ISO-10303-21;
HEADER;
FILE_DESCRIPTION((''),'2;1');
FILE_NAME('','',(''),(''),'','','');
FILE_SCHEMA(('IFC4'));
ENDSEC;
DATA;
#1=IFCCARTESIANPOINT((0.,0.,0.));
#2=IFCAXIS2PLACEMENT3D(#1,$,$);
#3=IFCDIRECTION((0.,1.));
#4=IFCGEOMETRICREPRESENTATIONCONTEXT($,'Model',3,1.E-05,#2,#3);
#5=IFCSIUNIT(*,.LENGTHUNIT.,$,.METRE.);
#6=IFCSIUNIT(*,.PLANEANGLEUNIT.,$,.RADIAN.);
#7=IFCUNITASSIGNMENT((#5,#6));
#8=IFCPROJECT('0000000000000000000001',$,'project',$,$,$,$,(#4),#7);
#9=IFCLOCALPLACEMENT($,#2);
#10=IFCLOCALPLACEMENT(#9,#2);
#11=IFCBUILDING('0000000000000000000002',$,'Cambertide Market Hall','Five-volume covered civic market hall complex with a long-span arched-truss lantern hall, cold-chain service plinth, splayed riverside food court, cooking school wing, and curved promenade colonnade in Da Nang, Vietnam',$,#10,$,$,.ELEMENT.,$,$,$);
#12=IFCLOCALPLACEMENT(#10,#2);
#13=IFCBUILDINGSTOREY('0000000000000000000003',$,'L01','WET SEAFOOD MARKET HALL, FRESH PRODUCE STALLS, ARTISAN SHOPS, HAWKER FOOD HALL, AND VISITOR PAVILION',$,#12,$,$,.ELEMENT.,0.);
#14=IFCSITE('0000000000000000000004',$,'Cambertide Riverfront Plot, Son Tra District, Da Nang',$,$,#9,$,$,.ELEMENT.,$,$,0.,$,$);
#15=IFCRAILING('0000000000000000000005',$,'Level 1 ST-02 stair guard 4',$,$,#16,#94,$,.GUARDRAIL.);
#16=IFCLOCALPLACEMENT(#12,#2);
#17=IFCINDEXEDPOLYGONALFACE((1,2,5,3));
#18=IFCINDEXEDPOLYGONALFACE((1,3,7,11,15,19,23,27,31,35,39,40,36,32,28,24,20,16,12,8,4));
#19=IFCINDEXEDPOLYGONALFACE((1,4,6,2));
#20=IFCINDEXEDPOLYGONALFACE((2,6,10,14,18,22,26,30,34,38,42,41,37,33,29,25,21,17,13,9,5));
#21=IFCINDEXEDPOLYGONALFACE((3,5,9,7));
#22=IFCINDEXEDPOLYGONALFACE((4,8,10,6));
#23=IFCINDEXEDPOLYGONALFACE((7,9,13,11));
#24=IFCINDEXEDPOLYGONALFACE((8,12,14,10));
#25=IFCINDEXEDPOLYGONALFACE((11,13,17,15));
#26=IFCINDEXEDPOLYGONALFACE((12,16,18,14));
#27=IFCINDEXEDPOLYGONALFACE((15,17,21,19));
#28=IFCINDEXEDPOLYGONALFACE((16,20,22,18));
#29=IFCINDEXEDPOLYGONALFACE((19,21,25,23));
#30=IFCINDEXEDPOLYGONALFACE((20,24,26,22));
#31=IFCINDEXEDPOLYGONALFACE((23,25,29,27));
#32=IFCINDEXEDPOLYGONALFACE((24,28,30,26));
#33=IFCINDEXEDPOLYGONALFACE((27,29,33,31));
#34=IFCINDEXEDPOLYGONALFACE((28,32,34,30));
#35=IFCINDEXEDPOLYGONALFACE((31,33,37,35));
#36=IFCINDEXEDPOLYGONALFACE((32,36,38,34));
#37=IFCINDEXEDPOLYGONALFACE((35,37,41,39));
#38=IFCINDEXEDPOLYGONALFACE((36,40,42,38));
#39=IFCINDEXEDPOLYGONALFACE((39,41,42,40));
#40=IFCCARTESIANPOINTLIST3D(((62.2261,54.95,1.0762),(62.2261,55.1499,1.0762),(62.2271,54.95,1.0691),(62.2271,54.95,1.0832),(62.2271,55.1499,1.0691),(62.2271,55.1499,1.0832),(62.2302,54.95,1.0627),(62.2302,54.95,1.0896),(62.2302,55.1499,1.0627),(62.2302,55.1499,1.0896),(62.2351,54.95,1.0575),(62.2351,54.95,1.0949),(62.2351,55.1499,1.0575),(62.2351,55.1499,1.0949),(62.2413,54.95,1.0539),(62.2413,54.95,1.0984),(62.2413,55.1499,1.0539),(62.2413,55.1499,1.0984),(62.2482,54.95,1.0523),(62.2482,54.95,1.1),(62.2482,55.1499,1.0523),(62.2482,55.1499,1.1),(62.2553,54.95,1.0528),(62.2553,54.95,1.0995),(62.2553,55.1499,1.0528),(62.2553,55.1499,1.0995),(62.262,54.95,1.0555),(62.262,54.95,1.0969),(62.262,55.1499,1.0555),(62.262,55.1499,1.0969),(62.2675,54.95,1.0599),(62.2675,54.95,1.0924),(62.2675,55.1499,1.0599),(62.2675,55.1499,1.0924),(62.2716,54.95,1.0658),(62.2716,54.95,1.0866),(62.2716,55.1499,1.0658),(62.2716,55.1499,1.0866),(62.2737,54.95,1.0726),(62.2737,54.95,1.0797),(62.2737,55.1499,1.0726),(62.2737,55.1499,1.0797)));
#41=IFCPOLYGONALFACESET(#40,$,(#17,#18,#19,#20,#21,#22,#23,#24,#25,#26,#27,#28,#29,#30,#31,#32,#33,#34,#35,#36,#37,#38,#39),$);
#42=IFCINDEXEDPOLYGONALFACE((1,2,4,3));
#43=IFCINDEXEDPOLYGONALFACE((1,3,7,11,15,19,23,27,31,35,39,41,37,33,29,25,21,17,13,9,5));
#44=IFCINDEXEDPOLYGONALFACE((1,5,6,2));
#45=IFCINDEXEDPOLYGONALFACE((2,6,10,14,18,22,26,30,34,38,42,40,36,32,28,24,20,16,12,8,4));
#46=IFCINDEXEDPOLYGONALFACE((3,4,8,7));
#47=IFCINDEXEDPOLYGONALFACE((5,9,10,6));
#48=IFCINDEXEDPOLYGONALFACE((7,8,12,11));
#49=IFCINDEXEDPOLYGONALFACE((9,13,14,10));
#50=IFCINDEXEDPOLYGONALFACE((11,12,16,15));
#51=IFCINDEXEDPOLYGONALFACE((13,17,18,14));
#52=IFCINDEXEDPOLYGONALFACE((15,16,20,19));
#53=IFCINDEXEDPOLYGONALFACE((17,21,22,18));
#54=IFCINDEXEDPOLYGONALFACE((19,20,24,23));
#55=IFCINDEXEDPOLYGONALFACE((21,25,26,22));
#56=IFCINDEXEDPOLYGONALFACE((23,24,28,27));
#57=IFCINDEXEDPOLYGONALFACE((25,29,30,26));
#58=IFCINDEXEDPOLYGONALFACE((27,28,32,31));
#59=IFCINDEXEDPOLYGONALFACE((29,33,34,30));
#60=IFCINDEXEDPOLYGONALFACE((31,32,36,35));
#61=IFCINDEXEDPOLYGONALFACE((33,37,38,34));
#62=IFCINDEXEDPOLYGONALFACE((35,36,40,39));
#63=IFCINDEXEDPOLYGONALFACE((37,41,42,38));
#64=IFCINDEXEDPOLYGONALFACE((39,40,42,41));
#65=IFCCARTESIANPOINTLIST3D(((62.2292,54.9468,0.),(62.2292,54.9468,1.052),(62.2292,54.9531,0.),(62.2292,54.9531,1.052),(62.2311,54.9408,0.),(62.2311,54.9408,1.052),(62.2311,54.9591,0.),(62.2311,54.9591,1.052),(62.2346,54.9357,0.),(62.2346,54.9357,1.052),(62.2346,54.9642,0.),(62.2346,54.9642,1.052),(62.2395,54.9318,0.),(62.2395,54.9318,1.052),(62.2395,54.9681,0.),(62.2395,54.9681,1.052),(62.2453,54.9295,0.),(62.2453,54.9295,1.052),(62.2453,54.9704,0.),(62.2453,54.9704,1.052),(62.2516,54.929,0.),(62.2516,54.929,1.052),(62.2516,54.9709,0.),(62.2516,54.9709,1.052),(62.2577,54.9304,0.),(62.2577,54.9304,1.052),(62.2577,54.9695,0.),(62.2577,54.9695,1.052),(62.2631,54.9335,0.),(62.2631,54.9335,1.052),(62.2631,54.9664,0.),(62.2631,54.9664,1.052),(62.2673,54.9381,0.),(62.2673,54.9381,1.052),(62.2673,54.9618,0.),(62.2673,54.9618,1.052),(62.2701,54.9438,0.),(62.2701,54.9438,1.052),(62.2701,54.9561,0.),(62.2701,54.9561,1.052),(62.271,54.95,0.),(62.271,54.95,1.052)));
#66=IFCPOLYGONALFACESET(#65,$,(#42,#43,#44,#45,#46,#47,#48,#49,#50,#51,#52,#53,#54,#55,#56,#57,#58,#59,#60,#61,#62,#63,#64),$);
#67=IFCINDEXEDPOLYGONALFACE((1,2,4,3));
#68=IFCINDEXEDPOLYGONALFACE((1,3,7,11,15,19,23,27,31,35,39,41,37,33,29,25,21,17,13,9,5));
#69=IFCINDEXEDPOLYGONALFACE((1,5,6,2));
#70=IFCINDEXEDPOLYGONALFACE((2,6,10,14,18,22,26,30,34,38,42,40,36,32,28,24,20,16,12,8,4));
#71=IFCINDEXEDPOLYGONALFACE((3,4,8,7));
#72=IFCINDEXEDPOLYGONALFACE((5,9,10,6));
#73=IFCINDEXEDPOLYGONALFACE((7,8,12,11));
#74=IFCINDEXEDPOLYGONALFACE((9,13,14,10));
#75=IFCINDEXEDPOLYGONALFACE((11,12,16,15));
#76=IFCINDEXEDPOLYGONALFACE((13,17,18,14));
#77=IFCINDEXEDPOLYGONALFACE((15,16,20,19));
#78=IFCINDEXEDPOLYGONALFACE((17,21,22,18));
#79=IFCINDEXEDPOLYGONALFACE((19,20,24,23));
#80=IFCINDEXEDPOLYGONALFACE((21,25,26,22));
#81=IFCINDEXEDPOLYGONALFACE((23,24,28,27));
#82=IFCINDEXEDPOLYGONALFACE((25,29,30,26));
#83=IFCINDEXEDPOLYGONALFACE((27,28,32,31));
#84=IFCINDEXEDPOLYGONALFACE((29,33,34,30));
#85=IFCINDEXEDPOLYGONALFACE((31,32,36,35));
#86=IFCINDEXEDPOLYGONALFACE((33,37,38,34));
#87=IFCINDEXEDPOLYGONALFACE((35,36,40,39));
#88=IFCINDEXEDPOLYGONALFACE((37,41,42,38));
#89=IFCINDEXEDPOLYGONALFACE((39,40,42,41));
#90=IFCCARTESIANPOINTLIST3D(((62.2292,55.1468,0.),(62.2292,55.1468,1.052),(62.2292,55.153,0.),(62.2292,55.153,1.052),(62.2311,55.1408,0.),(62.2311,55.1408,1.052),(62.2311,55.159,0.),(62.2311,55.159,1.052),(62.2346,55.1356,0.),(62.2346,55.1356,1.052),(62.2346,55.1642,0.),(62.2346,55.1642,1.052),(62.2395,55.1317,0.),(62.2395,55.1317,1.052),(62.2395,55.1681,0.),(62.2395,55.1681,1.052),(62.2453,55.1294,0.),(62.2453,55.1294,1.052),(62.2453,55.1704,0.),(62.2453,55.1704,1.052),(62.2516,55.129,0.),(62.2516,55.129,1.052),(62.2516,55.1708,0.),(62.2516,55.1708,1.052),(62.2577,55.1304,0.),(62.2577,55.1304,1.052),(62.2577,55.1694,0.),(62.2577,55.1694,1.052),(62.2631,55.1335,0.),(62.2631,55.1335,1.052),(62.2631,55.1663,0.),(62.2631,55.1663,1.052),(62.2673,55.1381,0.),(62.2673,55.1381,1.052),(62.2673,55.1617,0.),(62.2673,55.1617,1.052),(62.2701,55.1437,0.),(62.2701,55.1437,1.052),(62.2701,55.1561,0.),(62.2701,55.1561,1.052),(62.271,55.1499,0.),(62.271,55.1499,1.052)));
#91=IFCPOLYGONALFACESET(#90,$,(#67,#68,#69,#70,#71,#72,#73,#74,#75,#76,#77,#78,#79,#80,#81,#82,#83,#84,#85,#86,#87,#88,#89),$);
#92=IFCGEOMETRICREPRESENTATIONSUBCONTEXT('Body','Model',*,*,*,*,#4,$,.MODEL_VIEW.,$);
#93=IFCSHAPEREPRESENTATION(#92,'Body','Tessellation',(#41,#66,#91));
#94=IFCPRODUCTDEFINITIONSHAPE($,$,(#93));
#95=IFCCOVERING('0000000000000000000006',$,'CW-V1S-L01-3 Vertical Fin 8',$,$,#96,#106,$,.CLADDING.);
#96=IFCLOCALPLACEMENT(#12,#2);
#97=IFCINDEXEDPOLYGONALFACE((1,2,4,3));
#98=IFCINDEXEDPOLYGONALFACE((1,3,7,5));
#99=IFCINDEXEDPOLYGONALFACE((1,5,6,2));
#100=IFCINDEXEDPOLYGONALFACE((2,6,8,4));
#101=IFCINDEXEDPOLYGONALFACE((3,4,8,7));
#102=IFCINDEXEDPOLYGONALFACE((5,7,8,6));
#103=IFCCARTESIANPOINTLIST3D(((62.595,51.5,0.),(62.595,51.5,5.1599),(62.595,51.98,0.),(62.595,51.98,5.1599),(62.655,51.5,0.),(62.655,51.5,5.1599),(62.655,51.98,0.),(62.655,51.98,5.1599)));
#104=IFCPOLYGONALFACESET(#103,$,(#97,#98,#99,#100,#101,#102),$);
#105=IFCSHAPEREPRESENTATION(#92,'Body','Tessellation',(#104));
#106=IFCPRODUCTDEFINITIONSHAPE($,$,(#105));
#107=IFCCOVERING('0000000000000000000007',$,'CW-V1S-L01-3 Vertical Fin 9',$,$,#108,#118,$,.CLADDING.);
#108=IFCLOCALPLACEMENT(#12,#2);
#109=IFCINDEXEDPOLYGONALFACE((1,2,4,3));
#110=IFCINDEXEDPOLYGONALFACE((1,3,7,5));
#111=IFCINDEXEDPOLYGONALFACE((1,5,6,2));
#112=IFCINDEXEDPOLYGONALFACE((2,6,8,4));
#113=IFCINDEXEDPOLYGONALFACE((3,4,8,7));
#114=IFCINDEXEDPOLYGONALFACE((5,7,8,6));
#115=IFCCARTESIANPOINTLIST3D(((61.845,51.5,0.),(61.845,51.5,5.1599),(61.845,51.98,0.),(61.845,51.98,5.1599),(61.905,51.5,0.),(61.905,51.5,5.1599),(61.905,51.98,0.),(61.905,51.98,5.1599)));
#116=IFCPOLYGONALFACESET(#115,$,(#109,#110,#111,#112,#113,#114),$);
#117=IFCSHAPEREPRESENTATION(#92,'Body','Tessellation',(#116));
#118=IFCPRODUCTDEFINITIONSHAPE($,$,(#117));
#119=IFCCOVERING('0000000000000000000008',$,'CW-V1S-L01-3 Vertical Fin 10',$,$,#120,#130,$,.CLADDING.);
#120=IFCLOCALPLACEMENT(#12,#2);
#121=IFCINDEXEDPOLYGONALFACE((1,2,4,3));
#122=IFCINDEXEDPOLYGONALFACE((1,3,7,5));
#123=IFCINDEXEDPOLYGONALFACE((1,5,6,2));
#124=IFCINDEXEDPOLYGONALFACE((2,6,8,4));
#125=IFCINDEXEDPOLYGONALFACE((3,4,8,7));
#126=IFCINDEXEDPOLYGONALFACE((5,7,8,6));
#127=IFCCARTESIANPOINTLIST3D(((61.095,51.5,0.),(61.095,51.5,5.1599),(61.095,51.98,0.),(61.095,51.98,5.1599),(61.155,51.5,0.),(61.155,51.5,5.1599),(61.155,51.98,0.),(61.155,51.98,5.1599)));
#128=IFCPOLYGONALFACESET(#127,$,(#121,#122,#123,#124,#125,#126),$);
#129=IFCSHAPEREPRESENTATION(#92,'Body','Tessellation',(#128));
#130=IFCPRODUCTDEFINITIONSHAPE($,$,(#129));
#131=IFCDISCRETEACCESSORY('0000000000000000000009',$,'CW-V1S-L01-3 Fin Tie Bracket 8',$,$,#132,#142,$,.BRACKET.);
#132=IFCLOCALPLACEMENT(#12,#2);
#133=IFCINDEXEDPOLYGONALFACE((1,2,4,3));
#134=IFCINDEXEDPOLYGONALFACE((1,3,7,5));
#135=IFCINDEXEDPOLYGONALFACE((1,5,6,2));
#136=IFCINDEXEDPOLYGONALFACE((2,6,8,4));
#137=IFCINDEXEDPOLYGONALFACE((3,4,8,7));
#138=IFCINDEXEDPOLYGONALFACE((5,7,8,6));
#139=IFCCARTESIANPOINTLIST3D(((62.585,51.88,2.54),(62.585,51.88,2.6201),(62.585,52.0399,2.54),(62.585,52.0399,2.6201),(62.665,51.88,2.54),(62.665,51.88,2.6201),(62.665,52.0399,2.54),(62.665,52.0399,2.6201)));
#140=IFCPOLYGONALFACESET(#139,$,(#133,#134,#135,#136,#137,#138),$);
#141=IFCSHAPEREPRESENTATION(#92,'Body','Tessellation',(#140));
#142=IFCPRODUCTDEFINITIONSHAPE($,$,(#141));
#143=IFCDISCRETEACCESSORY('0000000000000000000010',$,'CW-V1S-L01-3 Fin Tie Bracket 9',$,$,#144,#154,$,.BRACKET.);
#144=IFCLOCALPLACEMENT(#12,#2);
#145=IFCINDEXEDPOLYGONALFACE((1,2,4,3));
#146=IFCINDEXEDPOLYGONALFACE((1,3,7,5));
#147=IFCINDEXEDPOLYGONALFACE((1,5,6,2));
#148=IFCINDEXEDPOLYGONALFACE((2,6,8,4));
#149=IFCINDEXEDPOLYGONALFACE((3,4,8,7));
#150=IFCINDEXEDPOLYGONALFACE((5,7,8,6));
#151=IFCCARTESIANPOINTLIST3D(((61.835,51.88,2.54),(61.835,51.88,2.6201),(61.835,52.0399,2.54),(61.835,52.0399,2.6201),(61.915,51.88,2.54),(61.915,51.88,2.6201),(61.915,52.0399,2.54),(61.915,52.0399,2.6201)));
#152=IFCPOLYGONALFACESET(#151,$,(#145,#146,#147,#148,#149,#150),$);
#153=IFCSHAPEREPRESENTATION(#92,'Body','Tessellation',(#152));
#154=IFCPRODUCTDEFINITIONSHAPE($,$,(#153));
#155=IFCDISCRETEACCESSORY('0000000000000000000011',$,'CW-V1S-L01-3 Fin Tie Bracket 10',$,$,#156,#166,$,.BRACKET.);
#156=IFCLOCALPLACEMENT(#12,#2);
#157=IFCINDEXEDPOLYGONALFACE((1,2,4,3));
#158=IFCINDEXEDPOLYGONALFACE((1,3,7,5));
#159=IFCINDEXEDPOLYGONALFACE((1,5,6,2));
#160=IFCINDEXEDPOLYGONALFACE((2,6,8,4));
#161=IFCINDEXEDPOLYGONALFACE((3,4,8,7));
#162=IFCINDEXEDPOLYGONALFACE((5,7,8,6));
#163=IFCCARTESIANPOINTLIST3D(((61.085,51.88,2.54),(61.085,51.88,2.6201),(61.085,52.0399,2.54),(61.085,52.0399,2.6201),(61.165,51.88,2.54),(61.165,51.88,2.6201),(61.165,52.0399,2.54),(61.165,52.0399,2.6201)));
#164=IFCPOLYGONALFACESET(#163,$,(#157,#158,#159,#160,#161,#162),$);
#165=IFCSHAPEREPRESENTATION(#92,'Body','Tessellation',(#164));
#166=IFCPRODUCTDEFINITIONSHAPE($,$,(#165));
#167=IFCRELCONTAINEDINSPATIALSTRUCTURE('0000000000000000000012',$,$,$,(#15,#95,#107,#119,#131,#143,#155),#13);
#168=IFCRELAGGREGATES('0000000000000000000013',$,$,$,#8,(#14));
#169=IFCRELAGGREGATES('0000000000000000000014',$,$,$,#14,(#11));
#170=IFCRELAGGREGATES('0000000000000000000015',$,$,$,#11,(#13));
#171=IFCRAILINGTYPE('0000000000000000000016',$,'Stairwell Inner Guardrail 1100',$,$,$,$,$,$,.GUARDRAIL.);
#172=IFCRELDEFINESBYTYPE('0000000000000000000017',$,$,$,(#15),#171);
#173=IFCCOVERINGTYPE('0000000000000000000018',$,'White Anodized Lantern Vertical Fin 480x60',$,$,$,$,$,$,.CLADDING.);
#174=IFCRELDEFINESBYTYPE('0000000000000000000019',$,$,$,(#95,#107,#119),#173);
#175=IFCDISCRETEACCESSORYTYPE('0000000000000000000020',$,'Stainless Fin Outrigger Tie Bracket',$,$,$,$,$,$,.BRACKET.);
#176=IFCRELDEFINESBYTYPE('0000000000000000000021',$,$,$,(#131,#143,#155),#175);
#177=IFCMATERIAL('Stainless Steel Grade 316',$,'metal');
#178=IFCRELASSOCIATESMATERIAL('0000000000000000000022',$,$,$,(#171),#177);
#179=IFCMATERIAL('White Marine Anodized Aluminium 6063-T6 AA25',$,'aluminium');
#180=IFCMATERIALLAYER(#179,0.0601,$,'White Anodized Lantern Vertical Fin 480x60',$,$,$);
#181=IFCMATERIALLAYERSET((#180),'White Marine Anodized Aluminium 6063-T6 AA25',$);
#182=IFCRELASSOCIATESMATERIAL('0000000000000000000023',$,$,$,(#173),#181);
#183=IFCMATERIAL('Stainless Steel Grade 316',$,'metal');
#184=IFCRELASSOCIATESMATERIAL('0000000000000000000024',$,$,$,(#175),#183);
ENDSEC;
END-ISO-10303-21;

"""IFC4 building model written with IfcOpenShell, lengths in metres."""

from ifc_helpers import new_model, si_unit, direction, frame, origin, origin_2d, place, context, subcontext, project, spatial, rectangle, circle, extrude, material, layer, layer_set, type_object, element, save


model = new_model("IFC4")

# Units and contexts
model_context = context("Model", 3, precision=1e-05, world=origin(), true_north=direction((0.0, 1.0)))
body_context = subcontext(model_context, "Body", "Model", "MODEL_VIEW")
ifc_project = project(units=[si_unit("LENGTHUNIT", "METRE"), si_unit("PLANEANGLEUNIT", "RADIAN")], contexts=[model_context])

# Site, building, storey
site_placement = place(None, origin())
site = spatial("IfcSite", under=ifc_project, at=site_placement, Name="Cambertide Riverfront Plot, Son Tra District, Da Nang", CompositionType="ELEMENT", RefElevation=0.0)
building_placement = place(site_placement, origin())
building = spatial("IfcBuilding", under=site, at=building_placement, Name="Cambertide Market Hall", Description="Five-volume covered civic market hall complex with a long-span arched-truss lantern hall, cold-chain service plinth, splayed riverside food court, cooking school wing, and curved promenade colonnade in Da Nang, Vietnam", CompositionType="ELEMENT")
storey_placement = place(building_placement, origin())
storey = spatial("IfcBuildingStorey", under=building, at=storey_placement, Name="L01", Description="WET SEAFOOD MARKET HALL, FRESH PRODUCE STALLS, ARTISAN SHOPS, HAWKER FOOD HALL, AND VISITOR PAVILION", CompositionType="ELEMENT", Elevation=0.0)

# Railing
ifc_material_1 = material(Name="Stainless Steel Grade 316", Category="metal")
railing_type_1 = type_object("IfcRailingType", Name="Stairwell Inner Guardrail 1100", PredefinedType="GUARDRAIL", material=ifc_material_1)
railing_1_placement = place(storey_placement, frame((62.25, 54.95, 0.0)))
element("IfcRailing", 1, at=railing_1_placement, inside=storey, type_object=railing_type_1, Name="Level 1 ST-02 stair guard 4", PredefinedType="GUARDRAIL", context=body_context, shape_type="SweptSolid", body=[
    extrude(circle(Radius=0.0239, at=origin_2d()), frame((0.0, 0.0, 1.0762), z_axis=(0.0, 1.0, 0.0), x_axis=(-1.0, 0.0, 0.0)), (0.0, 0.0, 1.0), 0.2),
    extrude(circle(Radius=0.021, at=origin_2d()), origin(), (0.0, 0.0, 1.0), 1.052),
    extrude(circle(Radius=0.021, at=origin_2d()), frame((0.0, 0.2, 0.0)), (0.0, 0.0, 1.0), 1.052),
])

# Coverings
ifc_material_2 = material(Name="White Marine Anodized Aluminium 6063-T6 AA25", Category="aluminium")
ifc_layer_1 = layer(ifc_material_2, 0.0601, Name="White Anodized Lantern Vertical Fin 480x60")
ifc_layer_set_1 = layer_set([ifc_layer_1], Name="White Marine Anodized Aluminium 6063-T6 AA25")
covering_type = type_object("IfcCoveringType", Name="White Anodized Lantern Vertical Fin 480x60", PredefinedType="CLADDING", material=ifc_layer_set_1)
for number, where, z_axis, x_axis, name in (
    (2, (62.625, 51.74, 0.0), (0.0, 0.0, 1.0), (-1.0, 0.0, 0.0), "CW-V1S-L01-3 Vertical Fin 8"),
    (3, (61.875, 51.74, 0.0), (0.0, 0.0, 1.0), (-1.0, 0.0, 0.0), "CW-V1S-L01-3 Vertical Fin 9"),
    (4, (61.125, 51.74, 0.0), (0.0, 0.0, 1.0), (-1.0, 0.0, 0.0), "CW-V1S-L01-3 Vertical Fin 10"),
):
    element("IfcCovering", number, at=place(storey_placement, frame(where, z_axis=z_axis, x_axis=x_axis)), inside=storey, type_object=covering_type, Name=name, PredefinedType="CLADDING", context=body_context, shape_type="SweptSolid", body=[
        extrude(rectangle(XDim=0.0601, YDim=0.48, at=origin_2d()), origin(), (0.0, 0.0, 1.0), 5.1599),
    ])

# Discrete accessories
ifc_material_3 = material(Name="Stainless Steel Grade 316", Category="metal")
discrete_accessory_type = type_object("IfcDiscreteAccessoryType", Name="Stainless Fin Outrigger Tie Bracket", PredefinedType="BRACKET", material=ifc_material_3)
for number, where, z_axis, x_axis, name in (
    (5, (62.625, 51.96, 2.54), (0.0, 0.0, 1.0), (-1.0, 0.0, 0.0), "CW-V1S-L01-3 Fin Tie Bracket 8"),
    (6, (61.875, 51.96, 2.54), (0.0, 0.0, 1.0), (-1.0, 0.0, 0.0), "CW-V1S-L01-3 Fin Tie Bracket 9"),
    (7, (61.125, 51.96, 2.54), (0.0, 0.0, 1.0), (-1.0, 0.0, 0.0), "CW-V1S-L01-3 Fin Tie Bracket 10"),
):
    element("IfcDiscreteAccessory", number, at=place(storey_placement, frame(where, z_axis=z_axis, x_axis=x_axis)), inside=storey, type_object=discrete_accessory_type, Name=name, PredefinedType="BRACKET", context=body_context, shape_type="SweptSolid", body=[
        extrude(rectangle(XDim=0.0801, YDim=0.1599, at=origin_2d()), origin(), (0.0, 0.0, 1.0), 0.0801),
    ])

save(model, "model.ifc")
